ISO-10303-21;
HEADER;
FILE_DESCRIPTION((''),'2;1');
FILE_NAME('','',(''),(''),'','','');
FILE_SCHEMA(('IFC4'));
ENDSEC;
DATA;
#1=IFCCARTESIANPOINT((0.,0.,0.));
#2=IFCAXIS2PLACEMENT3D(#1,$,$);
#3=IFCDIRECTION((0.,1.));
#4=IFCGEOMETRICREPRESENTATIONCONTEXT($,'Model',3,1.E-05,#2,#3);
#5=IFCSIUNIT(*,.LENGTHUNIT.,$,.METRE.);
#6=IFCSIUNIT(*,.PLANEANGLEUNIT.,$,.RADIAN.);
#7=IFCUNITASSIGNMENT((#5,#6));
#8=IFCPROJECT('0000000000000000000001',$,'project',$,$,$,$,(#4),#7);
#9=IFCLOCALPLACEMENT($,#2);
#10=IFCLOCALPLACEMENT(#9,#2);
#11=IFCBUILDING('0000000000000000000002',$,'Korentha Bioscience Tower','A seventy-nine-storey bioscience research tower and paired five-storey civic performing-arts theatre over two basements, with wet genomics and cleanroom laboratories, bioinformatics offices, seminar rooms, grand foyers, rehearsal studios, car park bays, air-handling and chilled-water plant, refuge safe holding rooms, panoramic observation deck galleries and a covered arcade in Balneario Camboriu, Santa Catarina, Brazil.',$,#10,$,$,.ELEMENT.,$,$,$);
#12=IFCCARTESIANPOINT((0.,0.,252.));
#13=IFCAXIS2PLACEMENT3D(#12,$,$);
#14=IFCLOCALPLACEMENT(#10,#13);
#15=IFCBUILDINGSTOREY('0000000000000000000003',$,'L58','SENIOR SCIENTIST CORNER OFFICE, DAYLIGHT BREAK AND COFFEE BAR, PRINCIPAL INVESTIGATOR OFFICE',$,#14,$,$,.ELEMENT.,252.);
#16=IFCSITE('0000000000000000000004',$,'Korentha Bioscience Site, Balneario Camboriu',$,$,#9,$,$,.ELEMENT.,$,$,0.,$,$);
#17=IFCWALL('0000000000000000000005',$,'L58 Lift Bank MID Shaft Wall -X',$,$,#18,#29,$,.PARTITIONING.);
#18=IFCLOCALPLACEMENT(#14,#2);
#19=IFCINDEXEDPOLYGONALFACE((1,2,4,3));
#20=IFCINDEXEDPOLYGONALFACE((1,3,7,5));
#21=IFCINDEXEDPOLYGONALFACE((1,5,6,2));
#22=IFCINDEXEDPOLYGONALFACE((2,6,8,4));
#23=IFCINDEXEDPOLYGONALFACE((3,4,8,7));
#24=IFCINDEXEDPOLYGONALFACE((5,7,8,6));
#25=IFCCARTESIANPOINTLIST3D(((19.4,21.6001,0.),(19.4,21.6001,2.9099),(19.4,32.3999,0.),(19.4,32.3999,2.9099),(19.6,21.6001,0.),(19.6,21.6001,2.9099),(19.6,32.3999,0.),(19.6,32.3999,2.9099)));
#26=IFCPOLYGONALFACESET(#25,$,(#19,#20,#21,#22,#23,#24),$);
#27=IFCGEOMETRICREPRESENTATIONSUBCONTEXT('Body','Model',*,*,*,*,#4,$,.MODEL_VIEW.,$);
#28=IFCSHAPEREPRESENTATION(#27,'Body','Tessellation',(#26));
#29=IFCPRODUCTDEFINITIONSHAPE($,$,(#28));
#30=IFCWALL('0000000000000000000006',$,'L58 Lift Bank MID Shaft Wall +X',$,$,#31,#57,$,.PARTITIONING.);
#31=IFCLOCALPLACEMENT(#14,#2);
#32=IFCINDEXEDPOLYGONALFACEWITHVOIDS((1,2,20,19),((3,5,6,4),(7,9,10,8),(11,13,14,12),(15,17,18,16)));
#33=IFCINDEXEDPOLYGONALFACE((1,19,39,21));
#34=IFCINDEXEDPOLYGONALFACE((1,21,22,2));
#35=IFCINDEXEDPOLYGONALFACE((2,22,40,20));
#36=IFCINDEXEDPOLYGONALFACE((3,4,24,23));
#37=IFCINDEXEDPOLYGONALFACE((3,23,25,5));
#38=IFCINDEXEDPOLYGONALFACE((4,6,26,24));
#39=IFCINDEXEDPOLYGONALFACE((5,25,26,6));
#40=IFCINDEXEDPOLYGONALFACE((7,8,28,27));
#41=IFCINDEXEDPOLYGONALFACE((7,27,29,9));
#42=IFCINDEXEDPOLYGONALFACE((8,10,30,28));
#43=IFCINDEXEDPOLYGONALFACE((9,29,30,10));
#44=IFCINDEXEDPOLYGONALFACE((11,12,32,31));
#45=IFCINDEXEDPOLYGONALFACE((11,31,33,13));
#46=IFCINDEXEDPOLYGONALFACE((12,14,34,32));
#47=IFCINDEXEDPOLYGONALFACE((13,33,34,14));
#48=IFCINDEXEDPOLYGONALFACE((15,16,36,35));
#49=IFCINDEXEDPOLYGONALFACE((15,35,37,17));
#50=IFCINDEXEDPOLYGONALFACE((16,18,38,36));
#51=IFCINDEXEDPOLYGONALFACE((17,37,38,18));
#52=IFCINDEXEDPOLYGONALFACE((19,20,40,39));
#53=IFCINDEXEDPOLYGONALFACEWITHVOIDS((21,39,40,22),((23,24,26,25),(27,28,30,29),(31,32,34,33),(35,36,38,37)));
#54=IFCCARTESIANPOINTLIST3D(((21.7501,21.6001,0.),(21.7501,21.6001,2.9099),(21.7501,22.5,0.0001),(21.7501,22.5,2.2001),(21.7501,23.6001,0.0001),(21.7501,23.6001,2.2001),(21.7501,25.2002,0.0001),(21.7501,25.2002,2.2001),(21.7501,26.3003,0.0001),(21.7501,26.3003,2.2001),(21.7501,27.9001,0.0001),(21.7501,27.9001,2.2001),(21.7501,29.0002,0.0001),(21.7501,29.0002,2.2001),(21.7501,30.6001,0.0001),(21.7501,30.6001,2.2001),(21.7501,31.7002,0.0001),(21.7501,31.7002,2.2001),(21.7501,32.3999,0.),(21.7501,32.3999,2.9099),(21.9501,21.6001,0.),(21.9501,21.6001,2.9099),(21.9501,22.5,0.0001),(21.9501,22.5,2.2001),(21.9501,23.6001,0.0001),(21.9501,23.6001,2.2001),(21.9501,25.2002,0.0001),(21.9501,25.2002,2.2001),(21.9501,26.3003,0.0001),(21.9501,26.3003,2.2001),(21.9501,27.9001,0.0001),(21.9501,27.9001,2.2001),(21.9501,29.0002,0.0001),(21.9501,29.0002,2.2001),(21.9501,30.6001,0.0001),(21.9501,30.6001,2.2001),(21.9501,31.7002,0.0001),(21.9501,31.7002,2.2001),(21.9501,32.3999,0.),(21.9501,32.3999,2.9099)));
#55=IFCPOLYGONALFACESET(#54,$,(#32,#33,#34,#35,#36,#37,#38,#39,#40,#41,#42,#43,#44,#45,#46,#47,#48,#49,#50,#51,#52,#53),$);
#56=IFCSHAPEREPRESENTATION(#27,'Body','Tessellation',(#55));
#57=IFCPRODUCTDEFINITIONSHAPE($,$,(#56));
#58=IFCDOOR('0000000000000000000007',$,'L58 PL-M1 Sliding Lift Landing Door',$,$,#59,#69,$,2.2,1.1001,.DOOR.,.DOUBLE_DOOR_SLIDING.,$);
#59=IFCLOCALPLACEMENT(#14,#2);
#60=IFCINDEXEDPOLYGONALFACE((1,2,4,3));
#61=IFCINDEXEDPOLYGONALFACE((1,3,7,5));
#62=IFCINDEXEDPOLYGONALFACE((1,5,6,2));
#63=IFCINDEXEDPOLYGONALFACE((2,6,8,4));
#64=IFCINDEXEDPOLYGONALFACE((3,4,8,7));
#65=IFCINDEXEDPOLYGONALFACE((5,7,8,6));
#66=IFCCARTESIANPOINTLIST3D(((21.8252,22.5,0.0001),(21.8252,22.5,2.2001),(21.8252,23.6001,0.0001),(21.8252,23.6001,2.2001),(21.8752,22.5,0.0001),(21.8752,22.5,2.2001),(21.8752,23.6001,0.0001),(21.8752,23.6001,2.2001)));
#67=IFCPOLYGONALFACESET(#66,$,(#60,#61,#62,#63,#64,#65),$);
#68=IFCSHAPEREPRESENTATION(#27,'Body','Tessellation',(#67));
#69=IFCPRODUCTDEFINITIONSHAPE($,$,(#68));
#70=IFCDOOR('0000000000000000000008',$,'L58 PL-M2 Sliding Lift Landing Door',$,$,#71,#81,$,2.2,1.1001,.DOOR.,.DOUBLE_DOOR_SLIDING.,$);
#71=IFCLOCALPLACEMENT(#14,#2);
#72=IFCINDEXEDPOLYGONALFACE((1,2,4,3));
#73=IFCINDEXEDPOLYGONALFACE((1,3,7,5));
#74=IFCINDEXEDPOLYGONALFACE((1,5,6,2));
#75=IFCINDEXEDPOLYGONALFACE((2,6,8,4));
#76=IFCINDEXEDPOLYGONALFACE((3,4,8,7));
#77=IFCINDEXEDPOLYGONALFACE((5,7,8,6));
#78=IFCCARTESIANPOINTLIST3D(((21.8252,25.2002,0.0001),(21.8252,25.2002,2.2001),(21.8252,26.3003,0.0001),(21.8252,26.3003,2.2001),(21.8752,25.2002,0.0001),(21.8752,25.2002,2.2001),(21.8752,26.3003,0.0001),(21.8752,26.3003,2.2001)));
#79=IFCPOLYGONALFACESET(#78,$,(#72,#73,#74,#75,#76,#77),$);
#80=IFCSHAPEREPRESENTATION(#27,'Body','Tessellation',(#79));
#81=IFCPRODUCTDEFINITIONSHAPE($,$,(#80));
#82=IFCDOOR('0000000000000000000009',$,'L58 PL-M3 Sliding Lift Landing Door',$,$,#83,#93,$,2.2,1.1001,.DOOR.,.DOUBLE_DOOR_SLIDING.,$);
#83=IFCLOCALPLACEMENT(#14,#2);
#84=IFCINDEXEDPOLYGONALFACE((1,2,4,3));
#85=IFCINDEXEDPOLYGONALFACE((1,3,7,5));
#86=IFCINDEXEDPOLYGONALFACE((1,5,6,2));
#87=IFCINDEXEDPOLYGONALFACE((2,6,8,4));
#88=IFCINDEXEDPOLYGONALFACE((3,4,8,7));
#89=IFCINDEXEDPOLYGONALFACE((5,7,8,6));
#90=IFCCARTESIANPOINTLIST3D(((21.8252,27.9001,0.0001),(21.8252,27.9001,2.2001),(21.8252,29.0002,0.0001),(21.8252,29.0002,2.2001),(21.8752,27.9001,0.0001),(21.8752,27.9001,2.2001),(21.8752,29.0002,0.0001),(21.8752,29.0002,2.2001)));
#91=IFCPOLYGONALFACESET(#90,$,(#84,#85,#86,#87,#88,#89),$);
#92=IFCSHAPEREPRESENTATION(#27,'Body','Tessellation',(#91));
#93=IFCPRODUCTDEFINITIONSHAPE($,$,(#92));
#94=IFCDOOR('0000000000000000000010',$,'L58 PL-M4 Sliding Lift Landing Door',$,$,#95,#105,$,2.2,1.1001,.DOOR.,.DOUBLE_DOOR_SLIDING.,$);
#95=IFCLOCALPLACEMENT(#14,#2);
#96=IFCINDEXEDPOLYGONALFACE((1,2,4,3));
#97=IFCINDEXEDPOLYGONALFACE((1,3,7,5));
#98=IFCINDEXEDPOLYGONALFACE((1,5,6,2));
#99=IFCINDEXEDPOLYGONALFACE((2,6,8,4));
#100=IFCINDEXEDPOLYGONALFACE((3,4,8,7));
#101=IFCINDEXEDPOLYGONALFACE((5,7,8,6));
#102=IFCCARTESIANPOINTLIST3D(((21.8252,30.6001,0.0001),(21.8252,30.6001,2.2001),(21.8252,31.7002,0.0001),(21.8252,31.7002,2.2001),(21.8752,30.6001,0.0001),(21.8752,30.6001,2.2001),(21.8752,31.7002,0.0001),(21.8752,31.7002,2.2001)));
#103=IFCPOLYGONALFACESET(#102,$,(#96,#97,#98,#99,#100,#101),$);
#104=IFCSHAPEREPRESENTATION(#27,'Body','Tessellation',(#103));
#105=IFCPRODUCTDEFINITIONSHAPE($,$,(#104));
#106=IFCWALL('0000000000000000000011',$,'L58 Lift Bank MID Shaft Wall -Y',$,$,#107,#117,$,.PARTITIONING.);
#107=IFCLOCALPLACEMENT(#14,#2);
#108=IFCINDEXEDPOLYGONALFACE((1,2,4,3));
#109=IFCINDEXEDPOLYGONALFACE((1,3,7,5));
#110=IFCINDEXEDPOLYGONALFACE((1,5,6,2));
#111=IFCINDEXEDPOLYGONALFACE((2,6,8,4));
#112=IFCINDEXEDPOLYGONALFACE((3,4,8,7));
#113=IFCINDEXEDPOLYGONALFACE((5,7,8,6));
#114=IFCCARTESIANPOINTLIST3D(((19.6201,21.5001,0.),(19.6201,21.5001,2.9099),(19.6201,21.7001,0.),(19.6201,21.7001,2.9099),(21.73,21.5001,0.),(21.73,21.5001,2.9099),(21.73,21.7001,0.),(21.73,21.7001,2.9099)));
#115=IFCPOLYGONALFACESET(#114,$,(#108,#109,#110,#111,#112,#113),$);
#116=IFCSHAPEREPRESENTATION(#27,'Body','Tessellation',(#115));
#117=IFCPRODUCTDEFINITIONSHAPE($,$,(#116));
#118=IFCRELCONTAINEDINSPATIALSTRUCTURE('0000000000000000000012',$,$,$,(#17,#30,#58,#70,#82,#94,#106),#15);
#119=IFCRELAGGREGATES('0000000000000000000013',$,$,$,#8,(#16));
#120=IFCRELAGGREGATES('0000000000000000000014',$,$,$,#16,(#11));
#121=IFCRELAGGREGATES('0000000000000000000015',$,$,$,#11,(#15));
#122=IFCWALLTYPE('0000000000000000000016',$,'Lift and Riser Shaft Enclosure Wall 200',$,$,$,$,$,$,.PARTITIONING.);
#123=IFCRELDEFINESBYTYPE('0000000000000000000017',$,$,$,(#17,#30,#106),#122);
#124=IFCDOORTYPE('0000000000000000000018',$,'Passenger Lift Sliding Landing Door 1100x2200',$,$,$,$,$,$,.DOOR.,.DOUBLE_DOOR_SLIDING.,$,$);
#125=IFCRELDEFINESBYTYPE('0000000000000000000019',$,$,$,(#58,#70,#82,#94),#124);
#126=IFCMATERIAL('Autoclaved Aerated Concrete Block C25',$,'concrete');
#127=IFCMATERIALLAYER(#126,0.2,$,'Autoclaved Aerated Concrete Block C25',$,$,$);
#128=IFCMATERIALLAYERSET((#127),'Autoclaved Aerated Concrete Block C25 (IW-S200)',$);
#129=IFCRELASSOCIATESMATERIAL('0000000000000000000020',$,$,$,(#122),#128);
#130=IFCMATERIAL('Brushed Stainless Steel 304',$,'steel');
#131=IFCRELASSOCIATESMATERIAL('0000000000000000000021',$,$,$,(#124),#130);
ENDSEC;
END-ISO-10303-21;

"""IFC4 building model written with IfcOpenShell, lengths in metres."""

from ifc_helpers import new_model, si_unit, direction, frame, frame_2d, origin, place, context, subcontext, project, spatial, rectangle, extrude, material, layer, layer_set, type_object, element, fill, save


model = new_model("IFC4")

# Units and contexts
model_context = context("Model", 3, precision=1e-05, world=origin(), true_north=direction((0.0, 1.0)))
body_context = subcontext(model_context, "Body", "Model", "MODEL_VIEW")
ifc_project = project(units=[si_unit("LENGTHUNIT", "METRE"), si_unit("PLANEANGLEUNIT", "RADIAN")], contexts=[model_context])

# Site, building, storey
site_placement = place(None, origin())
site = spatial("IfcSite", under=ifc_project, at=site_placement, Name="Korentha Bioscience Site, Balneario Camboriu", CompositionType="ELEMENT", RefElevation=0.0)
building_placement = place(site_placement, origin())
building = spatial("IfcBuilding", under=site, at=building_placement, Name="Korentha Bioscience Tower", Description="A seventy-nine-storey bioscience research tower and paired five-storey civic performing-arts theatre over two basements, with wet genomics and cleanroom laboratories, bioinformatics offices, seminar rooms, grand foyers, rehearsal studios, car park bays, air-handling and chilled-water plant, refuge safe holding rooms, panoramic observation deck galleries and a covered arcade in Balneario Camboriu, Santa Catarina, Brazil.", CompositionType="ELEMENT")
storey_placement = place(building_placement, frame((0.0, 0.0, 252.0)))
storey = spatial("IfcBuildingStorey", under=building, at=storey_placement, Name="L58", Description="SENIOR SCIENTIST CORNER OFFICE, DAYLIGHT BREAK AND COFFEE BAR, PRINCIPAL INVESTIGATOR OFFICE", CompositionType="ELEMENT", Elevation=252.0)

# Wall
ifc_material_1 = material(Name="Autoclaved Aerated Concrete Block C25", Category="concrete")
ifc_layer_1 = layer(ifc_material_1, 0.2, Name="Autoclaved Aerated Concrete Block C25")
ifc_layer_set_1 = layer_set([ifc_layer_1], Name="Autoclaved Aerated Concrete Block C25 (IW-S200)")
wall_type_1 = type_object("IfcWallType", Name="Lift and Riser Shaft Enclosure Wall 200", PredefinedType="PARTITIONING", material=ifc_layer_set_1)
wall_1_placement = place(storey_placement, frame((19.5, 21.6001, 0.0), z_axis=(0.0, 0.0, 1.0), x_axis=(0.0, 1.0, 0.0)))
element("IfcWall", 1, at=wall_1_placement, inside=storey, type_object=wall_type_1, Name="L58 Lift Bank MID Shaft Wall -X", PredefinedType="PARTITIONING", context=body_context, shape_type="SweptSolid", body=[
    extrude(rectangle(XDim=10.7998, YDim=0.2, at=frame_2d((5.3999, 0.0))), origin(), (0.0, 0.0, 1.0), 2.9099),
])

# Wall, openings, doors
wall_2_placement = place(storey_placement, frame((21.8501, 21.6001, 0.0), z_axis=(0.0, 0.0, 1.0), x_axis=(0.0, 1.0, 0.0)))
wall_2 = element("IfcWall", 2, at=wall_2_placement, inside=storey, type_object=wall_type_1, Name="L58 Lift Bank MID Shaft Wall +X", PredefinedType="PARTITIONING", context=body_context, shape_type="SweptSolid", body=[
    extrude(rectangle(XDim=10.7998, YDim=0.2, at=frame_2d((5.3999, 0.0))), origin(), (0.0, 0.0, 1.0), 2.9099),
])
opening_1_placement = place(wall_2_placement, frame((0.8999, 0.0, 0.0)))
opening_1 = element("IfcOpeningElement", 3, at=opening_1_placement, cuts=wall_2, PredefinedType="OPENING", context=body_context, shape_type="SweptSolid", body=[
    extrude(rectangle(XDim=1.1001, YDim=2.2, at=frame_2d((0.55, 1.1001))), frame((0.0, 0.1147, 0.0), z_axis=(0.0, -1.0, 0.0), x_axis=(1.0, 0.0, 0.0)), (0.0, 0.0, 1.0), 0.2297),
])
opening_2_placement = place(wall_2_placement, frame((3.6001, 0.0, 0.0)))
opening_2 = element("IfcOpeningElement", 4, at=opening_2_placement, cuts=wall_2, PredefinedType="OPENING", context=body_context, shape_type="SweptSolid", body=[
    extrude(rectangle(XDim=1.1001, YDim=2.2, at=frame_2d((0.55, 1.1001))), frame((0.0, 0.1147, 0.0), z_axis=(0.0, -1.0, 0.0), x_axis=(1.0, 0.0, 0.0)), (0.0, 0.0, 1.0), 0.2297),
])
opening_3_placement = place(wall_2_placement, frame((6.3, 0.0, 0.0)))
opening_3 = element("IfcOpeningElement", 5, at=opening_3_placement, cuts=wall_2, PredefinedType="OPENING", context=body_context, shape_type="SweptSolid", body=[
    extrude(rectangle(XDim=1.1001, YDim=2.2, at=frame_2d((0.55, 1.1001))), frame((0.0, 0.1147, 0.0), z_axis=(0.0, -1.0, 0.0), x_axis=(1.0, 0.0, 0.0)), (0.0, 0.0, 1.0), 0.2297),
])
opening_4_placement = place(wall_2_placement, frame((9.0, 0.0, 0.0)))
opening_4 = element("IfcOpeningElement", 6, at=opening_4_placement, cuts=wall_2, PredefinedType="OPENING", context=body_context, shape_type="SweptSolid", body=[
    extrude(rectangle(XDim=1.1001, YDim=2.2, at=frame_2d((0.55, 1.1001))), frame((0.0, 0.1147, 0.0), z_axis=(0.0, -1.0, 0.0), x_axis=(1.0, 0.0, 0.0)), (0.0, 0.0, 1.0), 0.2297),
])
ifc_material_2 = material(Name="Brushed Stainless Steel 304", Category="steel")
door_type_1 = type_object("IfcDoorType", Name="Passenger Lift Sliding Landing Door 1100x2200", OperationType="DOUBLE_DOOR_SLIDING", PredefinedType="DOOR", material=ifc_material_2)
door_1_placement = place(opening_1_placement, origin())
door_1 = element("IfcDoor", 7, at=door_1_placement, inside=storey, type_object=door_type_1, Name="L58 PL-M1 Sliding Lift Landing Door", OperationType="DOUBLE_DOOR_SLIDING", OverallHeight=2.2, OverallWidth=1.1001, PredefinedType="DOOR", context=body_context, shape_type="SweptSolid", body=[
    extrude(rectangle(XDim=1.1001, YDim=2.2, at=frame_2d((0.55, 1.1001))), frame((0.0, 0.0249, 0.0), z_axis=(0.0, -1.0, 0.0), x_axis=(1.0, 0.0, 0.0)), (0.0, 0.0, 1.0), 0.05),
])
fill(opening_1, door_1)
door_2_placement = place(opening_2_placement, origin())
door_2 = element("IfcDoor", 8, at=door_2_placement, inside=storey, type_object=door_type_1, Name="L58 PL-M2 Sliding Lift Landing Door", OperationType="DOUBLE_DOOR_SLIDING", OverallHeight=2.2, OverallWidth=1.1001, PredefinedType="DOOR", context=body_context, shape_type="SweptSolid", body=[
    extrude(rectangle(XDim=1.1001, YDim=2.2, at=frame_2d((0.55, 1.1001))), frame((0.0, 0.0249, 0.0), z_axis=(0.0, -1.0, 0.0), x_axis=(1.0, 0.0, 0.0)), (0.0, 0.0, 1.0), 0.05),
])
fill(opening_2, door_2)
door_3_placement = place(opening_3_placement, origin())
door_3 = element("IfcDoor", 9, at=door_3_placement, inside=storey, type_object=door_type_1, Name="L58 PL-M3 Sliding Lift Landing Door", OperationType="DOUBLE_DOOR_SLIDING", OverallHeight=2.2, OverallWidth=1.1001, PredefinedType="DOOR", context=body_context, shape_type="SweptSolid", body=[
    extrude(rectangle(XDim=1.1001, YDim=2.2, at=frame_2d((0.55, 1.1001))), frame((0.0, 0.0249, 0.0), z_axis=(0.0, -1.0, 0.0), x_axis=(1.0, 0.0, 0.0)), (0.0, 0.0, 1.0), 0.05),
])
fill(opening_3, door_3)
door_4_placement = place(opening_4_placement, origin())
door_4 = element("IfcDoor", 10, at=door_4_placement, inside=storey, type_object=door_type_1, Name="L58 PL-M4 Sliding Lift Landing Door", OperationType="DOUBLE_DOOR_SLIDING", OverallHeight=2.2, OverallWidth=1.1001, PredefinedType="DOOR", context=body_context, shape_type="SweptSolid", body=[
    extrude(rectangle(XDim=1.1001, YDim=2.2, at=frame_2d((0.55, 1.1001))), frame((0.0, 0.0249, 0.0), z_axis=(0.0, -1.0, 0.0), x_axis=(1.0, 0.0, 0.0)), (0.0, 0.0, 1.0), 0.05),
])
fill(opening_4, door_4)

# Wall
wall_3_placement = place(storey_placement, frame((19.6201, 21.6001, 0.0), z_axis=(0.0, 0.0, 1.0), x_axis=(1.0, 0.0, 0.0)))
element("IfcWall", 11, at=wall_3_placement, inside=storey, type_object=wall_type_1, Name="L58 Lift Bank MID Shaft Wall -Y", PredefinedType="PARTITIONING", context=body_context, shape_type="SweptSolid", body=[
    extrude(rectangle(XDim=2.1099, YDim=0.2, at=frame_2d((1.0549, 0.0))), origin(), (0.0, 0.0, 1.0), 2.9099),
])

save(model, "model.ifc")
